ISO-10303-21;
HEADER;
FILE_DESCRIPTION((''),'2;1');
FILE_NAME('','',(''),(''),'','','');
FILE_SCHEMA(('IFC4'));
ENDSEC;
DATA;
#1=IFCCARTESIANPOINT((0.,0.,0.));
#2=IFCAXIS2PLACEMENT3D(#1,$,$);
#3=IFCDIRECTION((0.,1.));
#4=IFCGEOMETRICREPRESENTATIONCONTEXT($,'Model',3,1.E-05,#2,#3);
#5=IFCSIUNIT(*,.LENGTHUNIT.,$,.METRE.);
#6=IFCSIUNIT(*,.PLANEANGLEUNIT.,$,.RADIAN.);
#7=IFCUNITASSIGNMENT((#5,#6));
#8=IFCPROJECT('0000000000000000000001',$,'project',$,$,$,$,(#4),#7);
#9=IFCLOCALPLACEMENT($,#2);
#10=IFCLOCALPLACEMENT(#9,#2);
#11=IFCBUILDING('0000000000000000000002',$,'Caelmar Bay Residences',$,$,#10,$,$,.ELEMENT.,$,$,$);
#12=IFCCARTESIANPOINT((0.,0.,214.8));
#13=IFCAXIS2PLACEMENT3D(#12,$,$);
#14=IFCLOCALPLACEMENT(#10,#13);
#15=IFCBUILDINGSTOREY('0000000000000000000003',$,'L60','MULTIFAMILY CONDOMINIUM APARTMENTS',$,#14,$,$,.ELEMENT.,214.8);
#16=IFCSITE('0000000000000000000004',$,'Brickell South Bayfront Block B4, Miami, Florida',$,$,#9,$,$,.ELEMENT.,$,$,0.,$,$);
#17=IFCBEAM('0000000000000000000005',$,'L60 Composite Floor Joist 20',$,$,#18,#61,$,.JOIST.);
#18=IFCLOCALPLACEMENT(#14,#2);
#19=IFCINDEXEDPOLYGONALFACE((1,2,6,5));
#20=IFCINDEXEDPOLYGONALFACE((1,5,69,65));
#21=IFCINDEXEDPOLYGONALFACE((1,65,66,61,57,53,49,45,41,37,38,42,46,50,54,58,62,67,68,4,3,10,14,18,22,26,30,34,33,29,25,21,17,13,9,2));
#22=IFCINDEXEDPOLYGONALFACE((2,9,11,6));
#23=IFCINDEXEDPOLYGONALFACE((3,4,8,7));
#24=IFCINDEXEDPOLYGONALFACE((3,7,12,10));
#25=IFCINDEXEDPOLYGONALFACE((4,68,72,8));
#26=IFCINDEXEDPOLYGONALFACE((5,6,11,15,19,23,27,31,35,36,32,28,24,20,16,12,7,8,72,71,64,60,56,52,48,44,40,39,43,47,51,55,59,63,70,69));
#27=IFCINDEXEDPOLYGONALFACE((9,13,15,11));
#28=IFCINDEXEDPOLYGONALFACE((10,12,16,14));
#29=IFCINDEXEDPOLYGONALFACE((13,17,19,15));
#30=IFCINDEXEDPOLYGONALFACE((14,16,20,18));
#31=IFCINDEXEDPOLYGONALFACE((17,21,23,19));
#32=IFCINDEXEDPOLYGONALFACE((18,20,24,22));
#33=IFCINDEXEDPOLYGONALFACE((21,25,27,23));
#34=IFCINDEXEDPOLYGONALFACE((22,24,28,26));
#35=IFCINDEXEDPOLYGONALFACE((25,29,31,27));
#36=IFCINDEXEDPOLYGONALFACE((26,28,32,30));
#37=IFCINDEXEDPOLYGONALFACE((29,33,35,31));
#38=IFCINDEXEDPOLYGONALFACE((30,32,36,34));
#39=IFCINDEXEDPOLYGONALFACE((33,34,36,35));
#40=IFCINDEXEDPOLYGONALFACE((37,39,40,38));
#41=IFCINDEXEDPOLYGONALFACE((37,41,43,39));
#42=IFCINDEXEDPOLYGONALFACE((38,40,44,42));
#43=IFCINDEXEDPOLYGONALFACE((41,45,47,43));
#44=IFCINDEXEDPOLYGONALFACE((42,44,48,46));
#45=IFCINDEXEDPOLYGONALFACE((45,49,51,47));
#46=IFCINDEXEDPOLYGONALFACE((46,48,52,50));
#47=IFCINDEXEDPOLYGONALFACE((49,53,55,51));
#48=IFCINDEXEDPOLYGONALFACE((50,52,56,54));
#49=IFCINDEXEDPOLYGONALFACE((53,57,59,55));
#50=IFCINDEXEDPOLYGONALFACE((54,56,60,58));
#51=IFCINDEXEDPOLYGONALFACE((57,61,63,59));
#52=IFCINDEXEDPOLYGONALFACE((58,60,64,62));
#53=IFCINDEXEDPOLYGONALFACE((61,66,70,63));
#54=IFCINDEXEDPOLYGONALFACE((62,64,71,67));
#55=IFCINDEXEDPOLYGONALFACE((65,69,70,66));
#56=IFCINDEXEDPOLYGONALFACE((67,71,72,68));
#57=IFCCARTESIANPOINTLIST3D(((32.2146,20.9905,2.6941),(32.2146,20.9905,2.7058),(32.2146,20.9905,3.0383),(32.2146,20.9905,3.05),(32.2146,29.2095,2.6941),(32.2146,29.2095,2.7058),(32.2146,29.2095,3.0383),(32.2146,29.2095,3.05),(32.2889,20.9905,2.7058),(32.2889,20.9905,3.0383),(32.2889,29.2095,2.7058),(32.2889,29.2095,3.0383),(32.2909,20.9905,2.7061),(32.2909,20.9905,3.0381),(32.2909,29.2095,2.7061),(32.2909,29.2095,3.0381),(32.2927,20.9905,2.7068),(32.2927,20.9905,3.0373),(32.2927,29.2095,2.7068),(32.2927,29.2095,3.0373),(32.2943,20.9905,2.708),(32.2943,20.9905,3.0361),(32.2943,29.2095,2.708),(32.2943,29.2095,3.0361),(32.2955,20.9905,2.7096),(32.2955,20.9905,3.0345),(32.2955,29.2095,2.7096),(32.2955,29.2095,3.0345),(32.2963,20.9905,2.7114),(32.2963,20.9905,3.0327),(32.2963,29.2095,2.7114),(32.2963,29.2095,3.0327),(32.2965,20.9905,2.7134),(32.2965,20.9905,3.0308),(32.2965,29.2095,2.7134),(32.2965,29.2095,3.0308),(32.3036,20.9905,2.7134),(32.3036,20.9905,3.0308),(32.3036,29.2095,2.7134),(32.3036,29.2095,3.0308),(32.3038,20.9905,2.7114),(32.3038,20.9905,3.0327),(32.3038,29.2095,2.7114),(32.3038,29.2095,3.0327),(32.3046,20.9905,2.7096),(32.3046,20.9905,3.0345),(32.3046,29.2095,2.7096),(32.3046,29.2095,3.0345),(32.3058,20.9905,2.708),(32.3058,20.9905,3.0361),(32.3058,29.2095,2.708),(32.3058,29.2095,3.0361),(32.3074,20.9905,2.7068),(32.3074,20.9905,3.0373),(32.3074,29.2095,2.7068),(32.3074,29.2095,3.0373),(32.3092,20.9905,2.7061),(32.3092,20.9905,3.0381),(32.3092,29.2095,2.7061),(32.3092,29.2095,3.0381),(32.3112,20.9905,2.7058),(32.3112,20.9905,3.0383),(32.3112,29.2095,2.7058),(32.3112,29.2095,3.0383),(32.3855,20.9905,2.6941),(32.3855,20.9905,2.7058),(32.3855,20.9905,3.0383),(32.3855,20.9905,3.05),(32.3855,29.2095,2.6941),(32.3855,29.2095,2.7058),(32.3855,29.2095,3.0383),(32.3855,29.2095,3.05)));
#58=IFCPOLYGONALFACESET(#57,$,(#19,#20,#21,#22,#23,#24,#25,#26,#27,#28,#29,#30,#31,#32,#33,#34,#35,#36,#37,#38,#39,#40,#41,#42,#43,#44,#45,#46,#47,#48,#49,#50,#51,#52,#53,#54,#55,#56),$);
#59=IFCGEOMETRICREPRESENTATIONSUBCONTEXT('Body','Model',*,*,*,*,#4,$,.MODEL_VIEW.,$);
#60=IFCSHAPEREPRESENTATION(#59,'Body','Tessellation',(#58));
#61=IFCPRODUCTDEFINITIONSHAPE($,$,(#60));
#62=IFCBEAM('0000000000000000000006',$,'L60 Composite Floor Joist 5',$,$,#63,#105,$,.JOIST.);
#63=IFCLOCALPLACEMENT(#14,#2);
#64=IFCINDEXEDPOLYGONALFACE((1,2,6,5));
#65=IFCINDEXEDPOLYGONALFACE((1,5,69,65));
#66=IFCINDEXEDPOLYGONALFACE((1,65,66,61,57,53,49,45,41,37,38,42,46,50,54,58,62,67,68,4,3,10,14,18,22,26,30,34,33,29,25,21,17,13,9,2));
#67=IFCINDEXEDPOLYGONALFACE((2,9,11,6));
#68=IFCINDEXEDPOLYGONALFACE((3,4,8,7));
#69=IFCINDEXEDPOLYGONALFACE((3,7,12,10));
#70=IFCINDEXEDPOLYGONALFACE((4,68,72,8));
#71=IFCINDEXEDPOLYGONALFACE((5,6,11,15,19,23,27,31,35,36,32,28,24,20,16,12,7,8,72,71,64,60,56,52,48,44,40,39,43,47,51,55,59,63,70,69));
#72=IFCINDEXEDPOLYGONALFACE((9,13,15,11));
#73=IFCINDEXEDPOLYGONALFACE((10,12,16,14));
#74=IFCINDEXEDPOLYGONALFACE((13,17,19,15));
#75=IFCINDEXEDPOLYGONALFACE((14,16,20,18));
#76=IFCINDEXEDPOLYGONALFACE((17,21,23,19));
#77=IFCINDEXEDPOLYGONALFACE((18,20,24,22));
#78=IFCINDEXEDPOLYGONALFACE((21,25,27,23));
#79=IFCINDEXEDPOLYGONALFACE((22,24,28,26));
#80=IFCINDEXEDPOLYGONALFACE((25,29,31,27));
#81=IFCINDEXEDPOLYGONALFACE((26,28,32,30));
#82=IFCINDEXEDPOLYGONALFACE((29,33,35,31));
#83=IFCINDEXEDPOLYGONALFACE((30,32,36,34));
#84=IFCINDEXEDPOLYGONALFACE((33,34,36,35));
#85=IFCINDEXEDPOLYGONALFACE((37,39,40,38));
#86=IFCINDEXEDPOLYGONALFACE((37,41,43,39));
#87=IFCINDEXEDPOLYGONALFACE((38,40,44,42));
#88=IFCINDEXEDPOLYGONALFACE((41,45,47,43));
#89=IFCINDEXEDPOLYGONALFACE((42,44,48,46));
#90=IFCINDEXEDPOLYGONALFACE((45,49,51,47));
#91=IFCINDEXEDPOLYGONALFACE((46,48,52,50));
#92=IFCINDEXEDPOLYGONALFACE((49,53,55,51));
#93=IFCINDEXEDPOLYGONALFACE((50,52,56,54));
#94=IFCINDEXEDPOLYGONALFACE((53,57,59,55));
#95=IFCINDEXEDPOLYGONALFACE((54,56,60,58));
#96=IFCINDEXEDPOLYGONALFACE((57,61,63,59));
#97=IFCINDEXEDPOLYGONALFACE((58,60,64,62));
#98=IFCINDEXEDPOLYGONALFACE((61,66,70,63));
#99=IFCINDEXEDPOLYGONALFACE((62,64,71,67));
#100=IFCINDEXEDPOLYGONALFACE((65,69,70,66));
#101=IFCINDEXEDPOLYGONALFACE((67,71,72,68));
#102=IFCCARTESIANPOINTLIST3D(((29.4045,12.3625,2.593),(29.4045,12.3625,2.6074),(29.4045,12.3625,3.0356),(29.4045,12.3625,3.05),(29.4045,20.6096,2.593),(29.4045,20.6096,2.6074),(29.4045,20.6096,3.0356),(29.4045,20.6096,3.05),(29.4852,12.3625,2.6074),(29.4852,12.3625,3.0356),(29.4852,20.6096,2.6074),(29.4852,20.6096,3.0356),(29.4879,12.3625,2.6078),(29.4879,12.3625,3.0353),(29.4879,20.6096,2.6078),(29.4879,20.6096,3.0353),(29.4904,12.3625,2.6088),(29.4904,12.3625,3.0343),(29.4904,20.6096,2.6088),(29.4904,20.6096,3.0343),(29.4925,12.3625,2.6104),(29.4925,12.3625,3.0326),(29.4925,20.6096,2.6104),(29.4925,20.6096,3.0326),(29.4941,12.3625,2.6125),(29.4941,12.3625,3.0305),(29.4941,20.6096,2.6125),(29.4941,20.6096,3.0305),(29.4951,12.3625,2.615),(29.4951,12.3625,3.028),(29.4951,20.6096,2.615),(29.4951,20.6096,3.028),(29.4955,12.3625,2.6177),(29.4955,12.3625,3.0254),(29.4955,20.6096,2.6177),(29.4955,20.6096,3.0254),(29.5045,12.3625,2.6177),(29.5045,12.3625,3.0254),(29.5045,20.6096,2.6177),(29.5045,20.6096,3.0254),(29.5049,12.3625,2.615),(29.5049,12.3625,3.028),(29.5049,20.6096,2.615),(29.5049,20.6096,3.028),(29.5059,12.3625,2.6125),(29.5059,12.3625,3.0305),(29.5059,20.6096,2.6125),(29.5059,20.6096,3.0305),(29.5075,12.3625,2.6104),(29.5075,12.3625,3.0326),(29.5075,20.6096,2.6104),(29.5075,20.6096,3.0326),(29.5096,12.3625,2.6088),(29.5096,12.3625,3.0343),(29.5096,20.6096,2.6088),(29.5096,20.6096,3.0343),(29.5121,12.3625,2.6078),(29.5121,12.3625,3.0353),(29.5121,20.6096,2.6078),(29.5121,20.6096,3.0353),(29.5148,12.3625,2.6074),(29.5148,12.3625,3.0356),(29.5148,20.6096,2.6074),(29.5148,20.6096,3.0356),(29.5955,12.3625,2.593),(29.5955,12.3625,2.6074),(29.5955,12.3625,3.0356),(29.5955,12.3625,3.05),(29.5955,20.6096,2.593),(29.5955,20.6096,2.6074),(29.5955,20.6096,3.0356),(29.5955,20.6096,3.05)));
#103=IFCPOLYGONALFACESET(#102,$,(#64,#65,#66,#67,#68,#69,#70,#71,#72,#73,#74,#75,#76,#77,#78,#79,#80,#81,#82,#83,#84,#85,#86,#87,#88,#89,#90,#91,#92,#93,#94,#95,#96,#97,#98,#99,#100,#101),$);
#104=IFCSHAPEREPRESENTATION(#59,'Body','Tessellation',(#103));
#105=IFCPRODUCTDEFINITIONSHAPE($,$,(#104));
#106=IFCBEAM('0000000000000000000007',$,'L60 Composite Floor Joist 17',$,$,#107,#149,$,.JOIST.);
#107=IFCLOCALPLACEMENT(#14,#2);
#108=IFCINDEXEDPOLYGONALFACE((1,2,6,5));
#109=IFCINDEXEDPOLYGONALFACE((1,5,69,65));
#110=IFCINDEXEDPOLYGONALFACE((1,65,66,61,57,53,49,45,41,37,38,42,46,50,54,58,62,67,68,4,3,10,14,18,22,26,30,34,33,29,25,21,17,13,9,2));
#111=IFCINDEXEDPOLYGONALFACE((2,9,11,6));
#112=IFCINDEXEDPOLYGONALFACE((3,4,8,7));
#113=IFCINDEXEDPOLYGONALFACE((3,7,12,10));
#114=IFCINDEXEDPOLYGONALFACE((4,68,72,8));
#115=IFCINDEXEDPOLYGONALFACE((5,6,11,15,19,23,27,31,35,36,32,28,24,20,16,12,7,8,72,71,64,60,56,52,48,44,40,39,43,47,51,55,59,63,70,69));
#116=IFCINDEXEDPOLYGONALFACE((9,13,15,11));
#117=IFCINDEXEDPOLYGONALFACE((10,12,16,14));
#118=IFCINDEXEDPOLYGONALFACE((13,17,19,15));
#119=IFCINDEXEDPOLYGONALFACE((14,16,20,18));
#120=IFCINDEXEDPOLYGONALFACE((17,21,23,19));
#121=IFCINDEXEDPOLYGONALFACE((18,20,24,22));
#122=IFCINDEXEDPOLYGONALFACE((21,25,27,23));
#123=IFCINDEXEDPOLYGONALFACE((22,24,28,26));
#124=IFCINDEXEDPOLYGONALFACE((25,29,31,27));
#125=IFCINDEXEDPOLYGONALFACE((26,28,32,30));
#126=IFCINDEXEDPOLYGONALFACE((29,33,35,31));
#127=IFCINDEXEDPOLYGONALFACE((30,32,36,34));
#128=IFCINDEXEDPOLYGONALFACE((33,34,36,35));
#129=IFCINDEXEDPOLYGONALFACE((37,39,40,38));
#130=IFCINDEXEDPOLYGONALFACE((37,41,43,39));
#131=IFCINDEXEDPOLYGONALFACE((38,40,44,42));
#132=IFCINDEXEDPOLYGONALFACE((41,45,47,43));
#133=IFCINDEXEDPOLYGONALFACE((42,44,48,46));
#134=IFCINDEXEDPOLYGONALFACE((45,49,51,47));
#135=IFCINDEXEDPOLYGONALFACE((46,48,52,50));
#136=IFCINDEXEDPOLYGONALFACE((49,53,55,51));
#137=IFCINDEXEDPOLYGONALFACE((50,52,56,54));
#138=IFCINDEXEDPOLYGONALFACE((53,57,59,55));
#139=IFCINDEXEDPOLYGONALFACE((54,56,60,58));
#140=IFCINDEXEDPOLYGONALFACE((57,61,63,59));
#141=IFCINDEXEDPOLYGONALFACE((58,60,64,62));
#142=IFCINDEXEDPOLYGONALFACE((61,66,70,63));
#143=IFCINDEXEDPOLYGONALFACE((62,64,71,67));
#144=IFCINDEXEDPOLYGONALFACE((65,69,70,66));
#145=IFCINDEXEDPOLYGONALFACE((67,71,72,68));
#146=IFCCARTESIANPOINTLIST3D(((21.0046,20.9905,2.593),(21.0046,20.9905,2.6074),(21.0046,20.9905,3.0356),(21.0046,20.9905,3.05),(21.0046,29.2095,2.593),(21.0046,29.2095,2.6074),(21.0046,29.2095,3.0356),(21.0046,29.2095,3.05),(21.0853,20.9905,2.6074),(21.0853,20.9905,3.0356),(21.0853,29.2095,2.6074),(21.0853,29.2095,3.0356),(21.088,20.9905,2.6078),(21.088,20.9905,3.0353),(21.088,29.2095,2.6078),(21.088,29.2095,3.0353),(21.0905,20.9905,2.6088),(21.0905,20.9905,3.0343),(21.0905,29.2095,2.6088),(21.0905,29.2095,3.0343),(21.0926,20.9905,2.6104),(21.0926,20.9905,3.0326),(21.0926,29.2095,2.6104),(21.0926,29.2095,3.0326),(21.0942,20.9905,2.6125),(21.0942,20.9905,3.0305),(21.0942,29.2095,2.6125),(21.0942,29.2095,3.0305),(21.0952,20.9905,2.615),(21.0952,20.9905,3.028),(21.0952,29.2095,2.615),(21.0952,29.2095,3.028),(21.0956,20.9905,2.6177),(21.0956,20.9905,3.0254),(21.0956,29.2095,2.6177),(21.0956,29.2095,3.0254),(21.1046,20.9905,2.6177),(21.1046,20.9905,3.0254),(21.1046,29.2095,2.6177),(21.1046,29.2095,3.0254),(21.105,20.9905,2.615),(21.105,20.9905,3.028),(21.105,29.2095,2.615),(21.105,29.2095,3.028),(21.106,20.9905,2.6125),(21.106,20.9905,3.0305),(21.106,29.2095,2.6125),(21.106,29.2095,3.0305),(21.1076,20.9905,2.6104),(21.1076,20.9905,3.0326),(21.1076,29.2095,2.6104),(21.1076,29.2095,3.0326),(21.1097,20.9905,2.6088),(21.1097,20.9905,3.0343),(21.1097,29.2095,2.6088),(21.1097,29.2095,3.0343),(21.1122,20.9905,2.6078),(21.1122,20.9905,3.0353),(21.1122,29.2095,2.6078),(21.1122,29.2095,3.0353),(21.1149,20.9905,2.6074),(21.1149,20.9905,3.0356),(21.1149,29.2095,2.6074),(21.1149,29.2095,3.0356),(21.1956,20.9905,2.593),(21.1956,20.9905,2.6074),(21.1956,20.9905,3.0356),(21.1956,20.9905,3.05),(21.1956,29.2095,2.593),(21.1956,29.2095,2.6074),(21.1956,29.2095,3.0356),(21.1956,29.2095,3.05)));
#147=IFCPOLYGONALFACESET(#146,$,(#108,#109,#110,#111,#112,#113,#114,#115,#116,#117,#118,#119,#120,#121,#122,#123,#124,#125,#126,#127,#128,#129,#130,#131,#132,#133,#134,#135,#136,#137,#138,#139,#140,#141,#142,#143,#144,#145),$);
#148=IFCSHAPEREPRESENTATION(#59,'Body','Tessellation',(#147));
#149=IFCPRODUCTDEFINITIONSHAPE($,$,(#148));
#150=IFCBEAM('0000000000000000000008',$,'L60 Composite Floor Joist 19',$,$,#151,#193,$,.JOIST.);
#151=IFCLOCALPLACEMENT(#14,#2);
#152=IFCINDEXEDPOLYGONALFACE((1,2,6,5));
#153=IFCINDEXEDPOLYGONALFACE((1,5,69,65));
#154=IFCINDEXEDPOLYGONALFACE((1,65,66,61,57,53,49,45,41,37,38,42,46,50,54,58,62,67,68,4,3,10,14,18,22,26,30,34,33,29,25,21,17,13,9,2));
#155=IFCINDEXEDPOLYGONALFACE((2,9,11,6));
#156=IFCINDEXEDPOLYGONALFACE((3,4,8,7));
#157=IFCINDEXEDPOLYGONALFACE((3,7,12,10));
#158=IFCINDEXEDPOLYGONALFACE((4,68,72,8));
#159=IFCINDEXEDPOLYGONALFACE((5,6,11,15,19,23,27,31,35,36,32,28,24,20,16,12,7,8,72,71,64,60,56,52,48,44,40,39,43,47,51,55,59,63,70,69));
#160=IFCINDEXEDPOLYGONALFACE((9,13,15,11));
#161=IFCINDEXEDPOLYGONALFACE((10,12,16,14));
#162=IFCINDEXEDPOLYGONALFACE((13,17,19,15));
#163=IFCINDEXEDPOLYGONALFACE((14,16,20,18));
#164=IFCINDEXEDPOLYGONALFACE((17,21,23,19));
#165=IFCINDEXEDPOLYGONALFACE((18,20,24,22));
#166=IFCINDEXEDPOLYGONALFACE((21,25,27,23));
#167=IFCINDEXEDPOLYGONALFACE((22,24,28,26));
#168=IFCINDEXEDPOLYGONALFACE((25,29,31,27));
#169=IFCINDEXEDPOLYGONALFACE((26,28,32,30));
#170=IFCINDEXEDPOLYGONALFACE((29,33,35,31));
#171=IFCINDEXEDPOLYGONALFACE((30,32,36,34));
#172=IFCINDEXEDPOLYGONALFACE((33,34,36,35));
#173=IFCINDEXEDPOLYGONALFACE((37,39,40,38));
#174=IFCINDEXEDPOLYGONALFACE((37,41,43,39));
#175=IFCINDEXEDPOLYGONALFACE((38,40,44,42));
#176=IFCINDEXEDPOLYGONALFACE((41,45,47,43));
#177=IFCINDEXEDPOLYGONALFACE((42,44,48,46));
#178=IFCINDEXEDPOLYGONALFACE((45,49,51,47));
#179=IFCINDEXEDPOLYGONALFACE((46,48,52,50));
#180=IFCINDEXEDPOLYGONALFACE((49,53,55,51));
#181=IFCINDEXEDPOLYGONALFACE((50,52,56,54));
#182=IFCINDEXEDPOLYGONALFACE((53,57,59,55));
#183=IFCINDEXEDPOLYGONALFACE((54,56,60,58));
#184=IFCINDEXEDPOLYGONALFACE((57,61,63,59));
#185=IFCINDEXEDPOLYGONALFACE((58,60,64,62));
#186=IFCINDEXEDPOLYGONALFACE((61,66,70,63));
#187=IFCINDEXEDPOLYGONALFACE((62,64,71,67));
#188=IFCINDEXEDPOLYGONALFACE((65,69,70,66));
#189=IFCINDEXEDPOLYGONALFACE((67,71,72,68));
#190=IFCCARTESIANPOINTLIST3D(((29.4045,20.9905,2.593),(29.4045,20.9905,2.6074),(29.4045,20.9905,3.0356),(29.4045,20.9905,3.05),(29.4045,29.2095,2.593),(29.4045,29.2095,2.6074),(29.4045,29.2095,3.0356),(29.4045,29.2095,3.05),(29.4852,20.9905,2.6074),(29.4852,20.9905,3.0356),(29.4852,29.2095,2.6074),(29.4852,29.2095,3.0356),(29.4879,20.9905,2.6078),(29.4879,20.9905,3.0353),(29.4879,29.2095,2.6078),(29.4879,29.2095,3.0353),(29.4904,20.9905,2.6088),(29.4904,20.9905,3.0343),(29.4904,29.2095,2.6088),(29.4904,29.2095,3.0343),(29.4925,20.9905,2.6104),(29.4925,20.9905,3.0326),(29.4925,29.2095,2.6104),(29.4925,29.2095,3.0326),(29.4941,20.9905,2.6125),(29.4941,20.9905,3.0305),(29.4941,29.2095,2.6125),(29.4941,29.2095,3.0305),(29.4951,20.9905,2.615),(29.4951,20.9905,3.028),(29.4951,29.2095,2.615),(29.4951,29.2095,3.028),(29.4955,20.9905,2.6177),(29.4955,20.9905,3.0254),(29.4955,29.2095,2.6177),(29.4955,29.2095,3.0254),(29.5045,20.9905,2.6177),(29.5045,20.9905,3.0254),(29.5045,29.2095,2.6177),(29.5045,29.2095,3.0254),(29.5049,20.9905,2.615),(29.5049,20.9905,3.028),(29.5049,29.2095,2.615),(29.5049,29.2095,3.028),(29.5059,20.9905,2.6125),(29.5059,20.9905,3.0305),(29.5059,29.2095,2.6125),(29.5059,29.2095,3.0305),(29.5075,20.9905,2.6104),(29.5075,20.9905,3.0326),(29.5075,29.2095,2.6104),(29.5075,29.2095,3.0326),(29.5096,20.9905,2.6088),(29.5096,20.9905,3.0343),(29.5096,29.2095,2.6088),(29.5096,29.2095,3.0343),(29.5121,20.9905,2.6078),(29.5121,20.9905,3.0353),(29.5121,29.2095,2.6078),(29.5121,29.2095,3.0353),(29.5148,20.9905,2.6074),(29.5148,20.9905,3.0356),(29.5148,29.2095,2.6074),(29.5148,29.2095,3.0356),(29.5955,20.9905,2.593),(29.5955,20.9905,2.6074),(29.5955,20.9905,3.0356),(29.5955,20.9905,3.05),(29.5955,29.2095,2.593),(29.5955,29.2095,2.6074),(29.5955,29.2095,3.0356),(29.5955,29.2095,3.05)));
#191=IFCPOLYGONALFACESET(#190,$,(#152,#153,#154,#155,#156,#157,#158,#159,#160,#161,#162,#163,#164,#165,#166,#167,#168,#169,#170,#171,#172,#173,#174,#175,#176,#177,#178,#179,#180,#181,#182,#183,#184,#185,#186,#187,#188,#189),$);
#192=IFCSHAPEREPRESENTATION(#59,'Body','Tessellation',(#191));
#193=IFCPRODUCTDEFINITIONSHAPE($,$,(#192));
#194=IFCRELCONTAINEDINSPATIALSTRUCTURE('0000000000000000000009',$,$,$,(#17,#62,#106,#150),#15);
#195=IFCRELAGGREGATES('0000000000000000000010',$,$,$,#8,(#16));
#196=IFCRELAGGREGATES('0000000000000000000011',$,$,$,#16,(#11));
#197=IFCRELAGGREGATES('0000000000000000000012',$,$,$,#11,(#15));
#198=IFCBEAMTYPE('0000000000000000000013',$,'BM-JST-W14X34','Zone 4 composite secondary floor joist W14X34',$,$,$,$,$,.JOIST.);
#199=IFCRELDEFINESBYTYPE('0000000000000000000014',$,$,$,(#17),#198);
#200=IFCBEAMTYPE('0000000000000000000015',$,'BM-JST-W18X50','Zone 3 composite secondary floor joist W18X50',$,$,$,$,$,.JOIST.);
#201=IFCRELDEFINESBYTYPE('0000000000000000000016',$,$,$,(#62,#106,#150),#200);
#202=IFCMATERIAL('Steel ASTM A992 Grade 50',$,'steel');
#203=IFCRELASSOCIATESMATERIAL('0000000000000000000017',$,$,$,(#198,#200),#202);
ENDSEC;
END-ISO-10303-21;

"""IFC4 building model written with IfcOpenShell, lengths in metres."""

from ifc_helpers import new_model, si_unit, direction, frame, origin, origin_2d, place, context, subcontext, project, spatial, i_section, extrude, material, material_profile, profile_set, type_object, element, save


model = new_model("IFC4")

# Units and contexts
model_context = context("Model", 3, precision=1e-05, world=origin(), true_north=direction((0.0, 1.0)))
body_context = subcontext(model_context, "Body", "Model", "MODEL_VIEW")
ifc_project = project(units=[si_unit("LENGTHUNIT", "METRE"), si_unit("PLANEANGLEUNIT", "RADIAN")], contexts=[model_context])

# Site, building, storey
site_placement = place(None, origin())
site = spatial("IfcSite", under=ifc_project, at=site_placement, Name="Brickell South Bayfront Block B4, Miami, Florida", CompositionType="ELEMENT", RefElevation=0.0)
building_placement = place(site_placement, origin())
building = spatial("IfcBuilding", under=site, at=building_placement, Name="Caelmar Bay Residences", CompositionType="ELEMENT")
storey_placement = place(building_placement, frame((0.0, 0.0, 214.8)))
storey = spatial("IfcBuildingStorey", under=building, at=storey_placement, Name="L60", Description="MULTIFAMILY CONDOMINIUM APARTMENTS", CompositionType="ELEMENT", Elevation=214.8)

# Beams
ifc_material_1 = material(Name="Steel ASTM A992 Grade 50", Category="steel")
ifc_material_profile_1 = material_profile(ifc_material_1, i_section(OverallWidth=0.1709, OverallDepth=0.356, WebThickness=0.0071, FlangeThickness=0.0117, FilletRadius=0.0076, at=origin_2d()), Name="W14X34")
ifc_profile_set_1 = profile_set([ifc_material_profile_1], Name="Steel ASTM A992 Grade 50")
beam_type_1 = type_object("IfcBeamType", Name="BM-JST-W14X34", Description="Zone 4 composite secondary floor joist W14X34", PredefinedType="JOIST", material=ifc_profile_set_1)
for number, where, z_axis, x_axis, name in (
    (1, (32.3, 20.9905, 2.8721), (0.0, 1.0, 0.0), (-1.0, 0.0, 0.0), "L60 Composite Floor Joist 20"),
):
    element("IfcBeam", number, at=place(storey_placement, frame(where, z_axis=z_axis, x_axis=x_axis)), inside=storey, type_object=beam_type_1, Name=name, PredefinedType="JOIST", context=body_context, shape_type="SweptSolid", body=[
        extrude(i_section(OverallWidth=0.1709, OverallDepth=0.356, WebThickness=0.0071, FlangeThickness=0.0117, FilletRadius=0.0076, at=origin_2d()), origin(), (0.0, 0.0, 1.0), 8.219),
    ])
ifc_material_profile_2 = material_profile(ifc_material_1, i_section(OverallWidth=0.1909, OverallDepth=0.457, WebThickness=0.009, FlangeThickness=0.0144, FilletRadius=0.0103, at=origin_2d()), Name="W18X50")
ifc_profile_set_2 = profile_set([ifc_material_profile_2], Name="Steel ASTM A992 Grade 50")
beam_type_2 = type_object("IfcBeamType", Name="BM-JST-W18X50", Description="Zone 3 composite secondary floor joist W18X50", PredefinedType="JOIST", material=ifc_profile_set_2)
beam_1_placement = place(storey_placement, frame((29.5, 12.3625, 2.8215), z_axis=(0.0, 1.0, 0.0), x_axis=(-1.0, 0.0, 0.0)))
element("IfcBeam", 2, at=beam_1_placement, inside=storey, type_object=beam_type_2, Name="L60 Composite Floor Joist 5", PredefinedType="JOIST", context=body_context, shape_type="SweptSolid", body=[
    extrude(i_section(OverallWidth=0.1909, OverallDepth=0.457, WebThickness=0.009, FlangeThickness=0.0144, FilletRadius=0.0103, at=origin_2d()), origin(), (0.0, 0.0, 1.0), 8.2471),
])
for number, where, z_axis, x_axis, name in (
    (3, (21.1001, 20.9905, 2.8215), (0.0, 1.0, 0.0), (-1.0, 0.0, 0.0), "L60 Composite Floor Joist 17"),
    (4, (29.5, 20.9905, 2.8215), (0.0, 1.0, 0.0), (-1.0, 0.0, 0.0), "L60 Composite Floor Joist 19"),
):
    element("IfcBeam", number, at=place(storey_placement, frame(where, z_axis=z_axis, x_axis=x_axis)), inside=storey, type_object=beam_type_2, Name=name, PredefinedType="JOIST", context=body_context, shape_type="SweptSolid", body=[
        extrude(i_section(OverallWidth=0.1909, OverallDepth=0.457, WebThickness=0.009, FlangeThickness=0.0144, FilletRadius=0.0103, at=origin_2d()), origin(), (0.0, 0.0, 1.0), 8.219),
    ])

save(model, "model.ifc")
